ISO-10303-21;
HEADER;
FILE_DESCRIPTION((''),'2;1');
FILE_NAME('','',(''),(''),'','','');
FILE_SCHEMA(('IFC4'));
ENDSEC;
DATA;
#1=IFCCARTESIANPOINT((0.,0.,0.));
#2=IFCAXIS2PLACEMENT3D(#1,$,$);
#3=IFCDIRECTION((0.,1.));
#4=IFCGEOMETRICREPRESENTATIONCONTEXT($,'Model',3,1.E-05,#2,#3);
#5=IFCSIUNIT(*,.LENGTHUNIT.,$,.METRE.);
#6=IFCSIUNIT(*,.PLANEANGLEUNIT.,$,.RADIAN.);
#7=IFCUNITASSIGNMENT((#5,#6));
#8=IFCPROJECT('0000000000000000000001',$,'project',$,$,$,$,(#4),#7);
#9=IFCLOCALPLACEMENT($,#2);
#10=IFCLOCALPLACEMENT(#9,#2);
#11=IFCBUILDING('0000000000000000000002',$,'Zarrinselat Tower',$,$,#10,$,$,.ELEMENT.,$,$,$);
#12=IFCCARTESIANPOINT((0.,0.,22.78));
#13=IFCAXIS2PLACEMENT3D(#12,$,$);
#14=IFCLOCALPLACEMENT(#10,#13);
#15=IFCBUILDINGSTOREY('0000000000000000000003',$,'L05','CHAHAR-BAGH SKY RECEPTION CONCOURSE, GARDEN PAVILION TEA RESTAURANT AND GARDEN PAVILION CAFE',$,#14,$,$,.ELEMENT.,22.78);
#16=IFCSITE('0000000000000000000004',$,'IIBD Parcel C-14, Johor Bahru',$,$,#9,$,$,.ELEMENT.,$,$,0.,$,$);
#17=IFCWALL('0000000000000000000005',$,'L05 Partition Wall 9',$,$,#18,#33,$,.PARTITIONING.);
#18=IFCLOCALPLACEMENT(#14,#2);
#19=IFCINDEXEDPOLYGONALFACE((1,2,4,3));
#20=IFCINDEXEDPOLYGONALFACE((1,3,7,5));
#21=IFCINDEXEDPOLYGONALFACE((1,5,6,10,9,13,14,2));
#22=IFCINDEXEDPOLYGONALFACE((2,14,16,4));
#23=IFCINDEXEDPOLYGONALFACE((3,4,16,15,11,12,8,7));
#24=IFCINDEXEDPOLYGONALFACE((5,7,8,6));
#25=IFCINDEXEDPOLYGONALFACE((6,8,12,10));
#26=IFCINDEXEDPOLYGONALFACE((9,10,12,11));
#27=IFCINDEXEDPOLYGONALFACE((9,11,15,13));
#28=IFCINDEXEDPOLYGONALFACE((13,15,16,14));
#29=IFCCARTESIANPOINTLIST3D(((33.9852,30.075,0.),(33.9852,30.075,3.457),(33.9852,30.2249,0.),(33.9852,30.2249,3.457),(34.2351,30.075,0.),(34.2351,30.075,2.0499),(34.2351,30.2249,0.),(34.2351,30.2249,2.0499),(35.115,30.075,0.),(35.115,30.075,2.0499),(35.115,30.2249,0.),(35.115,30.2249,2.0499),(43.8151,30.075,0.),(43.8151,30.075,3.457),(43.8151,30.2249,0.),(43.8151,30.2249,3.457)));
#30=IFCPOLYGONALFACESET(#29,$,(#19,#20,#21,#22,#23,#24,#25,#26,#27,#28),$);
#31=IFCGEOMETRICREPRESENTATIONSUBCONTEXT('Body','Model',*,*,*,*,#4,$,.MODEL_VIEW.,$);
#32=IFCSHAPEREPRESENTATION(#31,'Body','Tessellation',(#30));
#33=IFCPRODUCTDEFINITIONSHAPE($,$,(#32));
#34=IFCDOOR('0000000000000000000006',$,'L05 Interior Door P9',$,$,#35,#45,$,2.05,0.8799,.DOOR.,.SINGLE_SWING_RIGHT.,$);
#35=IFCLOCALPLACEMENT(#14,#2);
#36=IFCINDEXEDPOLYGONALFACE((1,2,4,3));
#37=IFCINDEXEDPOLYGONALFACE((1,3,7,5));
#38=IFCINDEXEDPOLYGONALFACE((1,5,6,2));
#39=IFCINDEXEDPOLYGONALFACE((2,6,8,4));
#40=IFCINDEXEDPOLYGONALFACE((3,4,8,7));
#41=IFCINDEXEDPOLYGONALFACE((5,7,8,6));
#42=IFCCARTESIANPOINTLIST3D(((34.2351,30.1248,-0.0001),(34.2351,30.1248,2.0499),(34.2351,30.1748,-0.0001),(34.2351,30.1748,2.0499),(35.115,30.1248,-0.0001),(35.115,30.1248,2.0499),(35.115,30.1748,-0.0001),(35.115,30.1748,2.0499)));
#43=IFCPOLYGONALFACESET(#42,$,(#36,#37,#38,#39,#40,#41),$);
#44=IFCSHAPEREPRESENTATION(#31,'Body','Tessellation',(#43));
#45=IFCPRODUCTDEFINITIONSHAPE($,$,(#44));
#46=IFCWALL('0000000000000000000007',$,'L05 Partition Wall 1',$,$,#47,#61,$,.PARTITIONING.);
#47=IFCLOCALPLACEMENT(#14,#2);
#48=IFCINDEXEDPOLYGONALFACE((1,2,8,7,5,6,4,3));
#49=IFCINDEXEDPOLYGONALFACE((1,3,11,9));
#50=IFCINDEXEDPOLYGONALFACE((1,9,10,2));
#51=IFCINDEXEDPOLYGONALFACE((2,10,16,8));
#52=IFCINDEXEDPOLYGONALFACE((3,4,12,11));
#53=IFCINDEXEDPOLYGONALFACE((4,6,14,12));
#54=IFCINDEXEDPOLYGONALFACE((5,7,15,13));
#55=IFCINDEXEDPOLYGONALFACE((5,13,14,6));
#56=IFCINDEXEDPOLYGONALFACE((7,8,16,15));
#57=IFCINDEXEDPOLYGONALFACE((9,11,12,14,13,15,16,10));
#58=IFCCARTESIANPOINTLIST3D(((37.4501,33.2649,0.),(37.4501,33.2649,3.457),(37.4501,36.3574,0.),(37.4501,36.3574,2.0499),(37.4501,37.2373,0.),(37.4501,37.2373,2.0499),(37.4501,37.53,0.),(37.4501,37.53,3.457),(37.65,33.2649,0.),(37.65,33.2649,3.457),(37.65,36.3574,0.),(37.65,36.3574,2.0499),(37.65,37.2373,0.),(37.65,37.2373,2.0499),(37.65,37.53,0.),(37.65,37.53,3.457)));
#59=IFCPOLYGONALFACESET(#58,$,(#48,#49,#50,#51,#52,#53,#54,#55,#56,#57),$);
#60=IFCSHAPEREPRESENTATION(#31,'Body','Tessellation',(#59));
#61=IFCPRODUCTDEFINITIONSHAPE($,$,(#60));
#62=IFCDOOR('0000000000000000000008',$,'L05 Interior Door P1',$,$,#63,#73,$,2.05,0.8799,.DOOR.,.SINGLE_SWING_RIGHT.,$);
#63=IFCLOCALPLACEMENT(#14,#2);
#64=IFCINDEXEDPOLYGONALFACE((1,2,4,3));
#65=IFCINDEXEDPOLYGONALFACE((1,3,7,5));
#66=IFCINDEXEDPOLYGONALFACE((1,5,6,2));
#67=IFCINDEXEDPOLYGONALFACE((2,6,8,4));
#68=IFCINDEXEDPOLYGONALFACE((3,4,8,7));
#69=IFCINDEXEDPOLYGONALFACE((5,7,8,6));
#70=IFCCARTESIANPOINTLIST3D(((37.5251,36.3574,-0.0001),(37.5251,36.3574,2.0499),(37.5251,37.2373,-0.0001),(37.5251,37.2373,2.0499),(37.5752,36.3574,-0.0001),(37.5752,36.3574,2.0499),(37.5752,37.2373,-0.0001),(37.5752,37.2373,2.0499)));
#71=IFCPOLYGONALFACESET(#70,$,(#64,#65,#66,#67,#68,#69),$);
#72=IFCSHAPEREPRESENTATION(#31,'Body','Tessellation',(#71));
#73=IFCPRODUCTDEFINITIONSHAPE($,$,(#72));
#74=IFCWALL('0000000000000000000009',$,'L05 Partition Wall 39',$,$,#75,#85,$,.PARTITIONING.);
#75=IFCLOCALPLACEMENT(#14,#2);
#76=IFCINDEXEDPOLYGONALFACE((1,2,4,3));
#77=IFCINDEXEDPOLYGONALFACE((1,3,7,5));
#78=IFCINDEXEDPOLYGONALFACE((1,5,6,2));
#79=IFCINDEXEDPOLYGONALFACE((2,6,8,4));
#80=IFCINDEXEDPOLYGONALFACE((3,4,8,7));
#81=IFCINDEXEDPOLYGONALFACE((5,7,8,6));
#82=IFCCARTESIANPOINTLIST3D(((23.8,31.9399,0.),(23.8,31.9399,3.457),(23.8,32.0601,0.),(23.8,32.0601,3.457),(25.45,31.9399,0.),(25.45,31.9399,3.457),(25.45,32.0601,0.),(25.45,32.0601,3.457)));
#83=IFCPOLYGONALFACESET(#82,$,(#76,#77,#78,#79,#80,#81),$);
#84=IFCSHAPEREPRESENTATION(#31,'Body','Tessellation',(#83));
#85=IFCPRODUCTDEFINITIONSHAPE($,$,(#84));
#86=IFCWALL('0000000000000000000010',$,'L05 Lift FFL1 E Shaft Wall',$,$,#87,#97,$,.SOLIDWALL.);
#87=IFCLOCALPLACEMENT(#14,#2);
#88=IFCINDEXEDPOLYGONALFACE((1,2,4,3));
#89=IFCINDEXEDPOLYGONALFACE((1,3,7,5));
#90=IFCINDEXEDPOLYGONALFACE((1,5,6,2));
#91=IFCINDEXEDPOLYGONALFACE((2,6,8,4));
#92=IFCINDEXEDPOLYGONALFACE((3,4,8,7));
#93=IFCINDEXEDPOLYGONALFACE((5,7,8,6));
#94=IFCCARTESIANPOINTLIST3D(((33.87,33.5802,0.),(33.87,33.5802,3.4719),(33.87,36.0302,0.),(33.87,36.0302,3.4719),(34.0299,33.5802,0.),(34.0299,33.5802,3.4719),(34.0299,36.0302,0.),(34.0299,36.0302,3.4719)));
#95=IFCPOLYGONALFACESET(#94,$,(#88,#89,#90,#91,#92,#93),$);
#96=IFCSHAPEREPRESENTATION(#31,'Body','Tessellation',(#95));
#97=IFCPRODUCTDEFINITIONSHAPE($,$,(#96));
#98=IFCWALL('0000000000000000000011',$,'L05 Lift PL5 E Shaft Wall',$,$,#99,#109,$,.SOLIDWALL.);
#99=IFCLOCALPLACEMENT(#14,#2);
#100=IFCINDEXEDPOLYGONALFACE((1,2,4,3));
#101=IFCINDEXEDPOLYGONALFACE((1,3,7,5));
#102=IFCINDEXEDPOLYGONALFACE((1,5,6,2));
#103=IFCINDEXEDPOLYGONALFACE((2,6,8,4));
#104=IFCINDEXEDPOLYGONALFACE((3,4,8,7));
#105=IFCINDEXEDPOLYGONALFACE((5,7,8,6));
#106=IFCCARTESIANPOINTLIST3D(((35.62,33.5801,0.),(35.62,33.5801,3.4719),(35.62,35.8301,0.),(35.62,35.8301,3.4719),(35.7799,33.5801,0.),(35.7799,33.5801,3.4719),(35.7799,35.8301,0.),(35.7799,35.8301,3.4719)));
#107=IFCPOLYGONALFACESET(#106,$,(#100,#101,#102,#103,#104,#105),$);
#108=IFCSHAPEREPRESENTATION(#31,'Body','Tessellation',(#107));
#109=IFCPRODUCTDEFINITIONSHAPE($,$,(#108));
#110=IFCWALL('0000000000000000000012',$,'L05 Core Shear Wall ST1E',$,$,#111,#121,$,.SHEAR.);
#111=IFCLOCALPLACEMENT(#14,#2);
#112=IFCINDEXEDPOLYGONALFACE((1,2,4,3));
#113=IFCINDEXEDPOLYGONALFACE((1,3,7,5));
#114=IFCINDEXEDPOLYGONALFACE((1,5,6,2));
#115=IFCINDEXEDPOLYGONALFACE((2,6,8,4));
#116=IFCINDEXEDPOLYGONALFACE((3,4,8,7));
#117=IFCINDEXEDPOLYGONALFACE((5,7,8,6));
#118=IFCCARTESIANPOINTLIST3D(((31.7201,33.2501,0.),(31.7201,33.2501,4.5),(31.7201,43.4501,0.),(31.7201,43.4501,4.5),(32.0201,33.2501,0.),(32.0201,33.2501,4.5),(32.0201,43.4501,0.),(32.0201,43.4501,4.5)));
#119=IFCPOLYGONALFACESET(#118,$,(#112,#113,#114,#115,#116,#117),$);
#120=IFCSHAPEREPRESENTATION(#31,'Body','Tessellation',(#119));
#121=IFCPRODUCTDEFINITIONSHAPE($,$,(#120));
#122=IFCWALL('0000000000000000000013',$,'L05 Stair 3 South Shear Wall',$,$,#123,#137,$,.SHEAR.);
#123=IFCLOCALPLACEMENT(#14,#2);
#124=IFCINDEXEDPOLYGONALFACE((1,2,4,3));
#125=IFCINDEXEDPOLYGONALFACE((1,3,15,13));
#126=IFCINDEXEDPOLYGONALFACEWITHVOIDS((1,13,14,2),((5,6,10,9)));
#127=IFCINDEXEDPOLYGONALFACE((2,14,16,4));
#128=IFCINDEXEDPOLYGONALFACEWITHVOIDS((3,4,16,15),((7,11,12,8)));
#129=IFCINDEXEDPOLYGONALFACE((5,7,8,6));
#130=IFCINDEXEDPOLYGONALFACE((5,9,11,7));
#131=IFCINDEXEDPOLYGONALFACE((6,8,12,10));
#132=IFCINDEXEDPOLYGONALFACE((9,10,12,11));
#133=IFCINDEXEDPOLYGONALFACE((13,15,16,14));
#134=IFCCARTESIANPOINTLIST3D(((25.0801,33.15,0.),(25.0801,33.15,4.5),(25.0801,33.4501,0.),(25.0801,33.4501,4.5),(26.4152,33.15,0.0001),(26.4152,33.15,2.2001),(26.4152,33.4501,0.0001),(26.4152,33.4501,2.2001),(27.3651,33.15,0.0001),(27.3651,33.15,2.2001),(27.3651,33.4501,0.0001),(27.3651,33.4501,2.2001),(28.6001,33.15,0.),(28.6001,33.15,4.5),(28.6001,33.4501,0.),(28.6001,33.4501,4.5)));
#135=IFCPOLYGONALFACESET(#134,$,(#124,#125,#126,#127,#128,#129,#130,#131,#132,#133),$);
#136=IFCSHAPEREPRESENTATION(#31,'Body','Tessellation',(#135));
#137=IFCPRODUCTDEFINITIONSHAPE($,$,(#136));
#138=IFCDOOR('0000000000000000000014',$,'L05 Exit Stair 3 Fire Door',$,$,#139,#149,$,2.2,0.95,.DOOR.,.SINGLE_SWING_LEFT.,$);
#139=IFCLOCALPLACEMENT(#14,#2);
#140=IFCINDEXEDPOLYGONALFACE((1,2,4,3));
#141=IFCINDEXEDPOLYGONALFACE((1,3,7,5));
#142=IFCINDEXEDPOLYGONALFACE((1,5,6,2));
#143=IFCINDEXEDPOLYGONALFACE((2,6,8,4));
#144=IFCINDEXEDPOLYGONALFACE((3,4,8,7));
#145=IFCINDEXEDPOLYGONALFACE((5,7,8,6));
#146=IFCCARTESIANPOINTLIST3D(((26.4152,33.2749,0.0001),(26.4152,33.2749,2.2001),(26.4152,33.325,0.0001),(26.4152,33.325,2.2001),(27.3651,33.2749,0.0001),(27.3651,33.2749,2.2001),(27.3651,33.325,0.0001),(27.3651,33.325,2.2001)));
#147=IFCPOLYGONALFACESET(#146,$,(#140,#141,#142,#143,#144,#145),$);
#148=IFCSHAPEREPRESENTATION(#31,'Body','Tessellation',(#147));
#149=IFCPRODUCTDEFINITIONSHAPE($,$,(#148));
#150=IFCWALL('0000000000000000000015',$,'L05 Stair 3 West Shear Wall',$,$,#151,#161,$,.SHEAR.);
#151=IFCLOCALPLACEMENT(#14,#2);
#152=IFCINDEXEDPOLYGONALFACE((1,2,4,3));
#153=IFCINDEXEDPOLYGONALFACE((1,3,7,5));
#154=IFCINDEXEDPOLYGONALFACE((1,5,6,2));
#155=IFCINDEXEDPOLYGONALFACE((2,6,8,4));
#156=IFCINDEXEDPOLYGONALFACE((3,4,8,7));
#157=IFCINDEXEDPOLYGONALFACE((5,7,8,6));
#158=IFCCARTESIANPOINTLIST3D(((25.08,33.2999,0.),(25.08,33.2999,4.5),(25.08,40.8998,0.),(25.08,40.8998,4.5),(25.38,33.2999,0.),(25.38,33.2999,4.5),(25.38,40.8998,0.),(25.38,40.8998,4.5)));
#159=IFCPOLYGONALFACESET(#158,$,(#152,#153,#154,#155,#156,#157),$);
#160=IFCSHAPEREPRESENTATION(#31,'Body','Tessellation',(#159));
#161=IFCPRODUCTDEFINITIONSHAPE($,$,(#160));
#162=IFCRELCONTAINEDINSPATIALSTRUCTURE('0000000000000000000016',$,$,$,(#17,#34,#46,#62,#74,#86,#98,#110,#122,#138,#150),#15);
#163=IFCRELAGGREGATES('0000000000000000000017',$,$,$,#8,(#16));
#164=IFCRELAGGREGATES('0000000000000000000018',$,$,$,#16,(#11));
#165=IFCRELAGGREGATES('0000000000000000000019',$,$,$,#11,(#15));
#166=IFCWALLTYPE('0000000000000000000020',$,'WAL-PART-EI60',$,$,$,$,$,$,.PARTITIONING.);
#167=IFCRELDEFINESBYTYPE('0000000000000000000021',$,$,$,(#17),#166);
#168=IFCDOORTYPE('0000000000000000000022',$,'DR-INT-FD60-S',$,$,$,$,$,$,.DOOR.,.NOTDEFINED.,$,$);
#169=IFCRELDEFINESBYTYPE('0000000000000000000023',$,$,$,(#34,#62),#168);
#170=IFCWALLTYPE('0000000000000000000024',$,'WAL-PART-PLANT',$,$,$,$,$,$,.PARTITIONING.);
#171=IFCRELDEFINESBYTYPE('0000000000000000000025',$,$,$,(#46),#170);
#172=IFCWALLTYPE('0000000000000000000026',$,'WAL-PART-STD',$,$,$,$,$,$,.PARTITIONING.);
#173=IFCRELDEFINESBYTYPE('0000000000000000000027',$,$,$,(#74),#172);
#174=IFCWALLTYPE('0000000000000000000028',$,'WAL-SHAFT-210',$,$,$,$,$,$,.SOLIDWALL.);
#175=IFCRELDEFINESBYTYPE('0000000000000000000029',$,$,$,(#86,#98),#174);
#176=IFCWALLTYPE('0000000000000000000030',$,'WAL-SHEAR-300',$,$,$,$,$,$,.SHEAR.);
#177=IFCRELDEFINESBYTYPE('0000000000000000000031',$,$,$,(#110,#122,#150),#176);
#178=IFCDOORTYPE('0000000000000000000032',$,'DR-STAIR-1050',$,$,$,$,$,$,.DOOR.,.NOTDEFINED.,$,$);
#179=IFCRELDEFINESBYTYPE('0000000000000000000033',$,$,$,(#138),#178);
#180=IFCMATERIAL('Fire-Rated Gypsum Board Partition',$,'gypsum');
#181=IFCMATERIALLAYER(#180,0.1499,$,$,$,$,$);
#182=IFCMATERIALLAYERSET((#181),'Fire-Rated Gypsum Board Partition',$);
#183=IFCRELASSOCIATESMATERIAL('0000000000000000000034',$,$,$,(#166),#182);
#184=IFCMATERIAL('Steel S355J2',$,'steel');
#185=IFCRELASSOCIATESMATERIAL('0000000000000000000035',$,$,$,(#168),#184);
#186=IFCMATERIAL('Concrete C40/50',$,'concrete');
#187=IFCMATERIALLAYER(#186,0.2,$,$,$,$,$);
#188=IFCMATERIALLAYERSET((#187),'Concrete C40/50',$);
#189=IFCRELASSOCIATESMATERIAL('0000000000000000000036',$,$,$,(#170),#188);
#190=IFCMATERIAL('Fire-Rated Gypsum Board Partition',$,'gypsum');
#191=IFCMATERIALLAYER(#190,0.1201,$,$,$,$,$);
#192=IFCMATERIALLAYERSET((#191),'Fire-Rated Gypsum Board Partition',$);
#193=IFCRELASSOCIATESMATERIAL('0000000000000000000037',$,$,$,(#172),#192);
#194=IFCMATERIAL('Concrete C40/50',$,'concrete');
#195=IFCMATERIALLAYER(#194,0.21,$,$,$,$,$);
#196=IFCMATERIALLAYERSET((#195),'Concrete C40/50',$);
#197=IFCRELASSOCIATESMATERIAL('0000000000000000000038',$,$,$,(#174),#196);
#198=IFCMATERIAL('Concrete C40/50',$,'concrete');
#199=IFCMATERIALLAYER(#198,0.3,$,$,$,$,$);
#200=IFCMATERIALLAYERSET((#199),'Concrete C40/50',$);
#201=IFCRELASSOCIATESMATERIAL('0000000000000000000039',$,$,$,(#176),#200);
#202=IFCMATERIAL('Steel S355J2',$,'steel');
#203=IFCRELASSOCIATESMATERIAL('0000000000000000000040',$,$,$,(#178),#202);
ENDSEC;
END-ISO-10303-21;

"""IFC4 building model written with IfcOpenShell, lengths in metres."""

from ifc_helpers import new_model, si_unit, direction, frame, frame_2d, origin, place, context, subcontext, project, spatial, rectangle, extrude, material, layer, layer_set, type_object, element, fill, save


model = new_model("IFC4")

# Units and contexts
model_context = context("Model", 3, precision=1e-05, world=origin(), true_north=direction((0.0, 1.0)))
body_context = subcontext(model_context, "Body", "Model", "MODEL_VIEW")
ifc_project = project(units=[si_unit("LENGTHUNIT", "METRE"), si_unit("PLANEANGLEUNIT", "RADIAN")], contexts=[model_context])

# Site, building, storey
site_placement = place(None, origin())
site = spatial("IfcSite", under=ifc_project, at=site_placement, Name="IIBD Parcel C-14, Johor Bahru", CompositionType="ELEMENT", RefElevation=0.0)
building_placement = place(site_placement, origin())
building = spatial("IfcBuilding", under=site, at=building_placement, Name="Zarrinselat Tower", CompositionType="ELEMENT")
storey_placement = place(building_placement, frame((0.0, 0.0, 22.78)))
storey = spatial("IfcBuildingStorey", under=building, at=storey_placement, Name="L05", Description="CHAHAR-BAGH SKY RECEPTION CONCOURSE, GARDEN PAVILION TEA RESTAURANT AND GARDEN PAVILION CAFE", CompositionType="ELEMENT", Elevation=22.78)

# Walls, openings, doors
ifc_material_1 = material(Name="Fire-Rated Gypsum Board Partition", Category="gypsum")
ifc_layer_1 = layer(ifc_material_1, 0.1499)
ifc_layer_set_1 = layer_set([ifc_layer_1], Name="Fire-Rated Gypsum Board Partition")
wall_type_1 = type_object("IfcWallType", Name="WAL-PART-EI60", PredefinedType="PARTITIONING", material=ifc_layer_set_1)
wall_1_placement = place(storey_placement, frame((33.9851, 30.1499, 0.0), z_axis=(0.0, 0.0, 1.0), x_axis=(1.0, 0.0, 0.0)))
wall_1 = element("IfcWall", 1, at=wall_1_placement, inside=storey, type_object=wall_type_1, Name="L05 Partition Wall 9", PredefinedType="PARTITIONING", context=body_context, shape_type="SweptSolid", body=[
    extrude(rectangle(XDim=9.8298, YDim=0.1499, at=frame_2d((4.915, 0.0))), origin(), (0.0, 0.0, 1.0), 3.457),
])
opening_1_placement = place(wall_1_placement, frame((0.25, 0.0, 0.0)))
opening_1 = element("IfcOpeningElement", 2, at=opening_1_placement, cuts=wall_1, PredefinedType="OPENING", context=body_context, shape_type="SweptSolid", body=[
    extrude(rectangle(XDim=0.8799, YDim=2.05, at=frame_2d((0.4399, 1.0249))), frame((0.0, 0.085, 0.0), z_axis=(0.0, -1.0, 0.0), x_axis=(1.0, 0.0, 0.0)), (0.0, 0.0, 1.0), 0.1699),
])
ifc_material_2 = material(Name="Steel S355J2", Category="steel")
door_type_1 = type_object("IfcDoorType", Name="DR-INT-FD60-S", OperationType="NOTDEFINED", PredefinedType="DOOR", material=ifc_material_2)
door_1_placement = place(opening_1_placement, origin())
door_1 = element("IfcDoor", 3, at=door_1_placement, inside=storey, type_object=door_type_1, Name="L05 Interior Door P9", OperationType="SINGLE_SWING_RIGHT", OverallHeight=2.05, OverallWidth=0.8799, PredefinedType="DOOR", context=body_context, shape_type="SweptSolid", body=[
    extrude(rectangle(XDim=0.8799, YDim=2.05, at=frame_2d((0.4399, 1.0249))), frame((0.0, 0.0249, 0.0), z_axis=(0.0, -1.0, 0.0), x_axis=(1.0, 0.0, 0.0)), (0.0, 0.0, 1.0), 0.05),
])
fill(opening_1, door_1)
ifc_material_3 = material(Name="Concrete C40/50", Category="concrete")
ifc_layer_2 = layer(ifc_material_3, 0.2)
ifc_layer_set_2 = layer_set([ifc_layer_2], Name="Concrete C40/50")
wall_type_2 = type_object("IfcWallType", Name="WAL-PART-PLANT", PredefinedType="PARTITIONING", material=ifc_layer_set_2)
wall_2_placement = place(storey_placement, frame((37.55, 33.2649, 0.0), z_axis=(0.0, 0.0, 1.0), x_axis=(0.0, 1.0, 0.0)))
wall_2 = element("IfcWall", 4, at=wall_2_placement, inside=storey, type_object=wall_type_2, Name="L05 Partition Wall 1", PredefinedType="PARTITIONING", context=body_context, shape_type="SweptSolid", body=[
    extrude(rectangle(XDim=4.2651, YDim=0.2, at=frame_2d((2.1326, 0.0))), origin(), (0.0, 0.0, 1.0), 3.457),
])
opening_2_placement = place(wall_2_placement, frame((3.0925, 0.0, 0.0)))
opening_2 = element("IfcOpeningElement", 5, at=opening_2_placement, cuts=wall_2, PredefinedType="OPENING", context=body_context, shape_type="SweptSolid", body=[
    extrude(rectangle(XDim=0.8799, YDim=2.05, at=frame_2d((0.4399, 1.0249))), frame((0.0, 0.1099, 0.0), z_axis=(0.0, -1.0, 0.0), x_axis=(1.0, 0.0, 0.0)), (0.0, 0.0, 1.0), 0.22),
])
door_2_placement = place(opening_2_placement, origin())
door_2 = element("IfcDoor", 6, at=door_2_placement, inside=storey, type_object=door_type_1, Name="L05 Interior Door P1", OperationType="SINGLE_SWING_RIGHT", OverallHeight=2.05, OverallWidth=0.8799, PredefinedType="DOOR", context=body_context, shape_type="SweptSolid", body=[
    extrude(rectangle(XDim=0.8799, YDim=2.05, at=frame_2d((0.4399, 1.0249))), frame((0.0, 0.0249, 0.0), z_axis=(0.0, -1.0, 0.0), x_axis=(1.0, 0.0, 0.0)), (0.0, 0.0, 1.0), 0.05),
])
fill(opening_2, door_2)

# Walls
ifc_material_4 = material(Name="Fire-Rated Gypsum Board Partition", Category="gypsum")
ifc_layer_3 = layer(ifc_material_4, 0.1201)
ifc_layer_set_3 = layer_set([ifc_layer_3], Name="Fire-Rated Gypsum Board Partition")
wall_type_3 = type_object("IfcWallType", Name="WAL-PART-STD", PredefinedType="PARTITIONING", material=ifc_layer_set_3)
wall_3_placement = place(storey_placement, frame((23.8, 32.0, 0.0), z_axis=(0.0, 0.0, 1.0), x_axis=(1.0, 0.0, 0.0)))
element("IfcWall", 7, at=wall_3_placement, inside=storey, type_object=wall_type_3, Name="L05 Partition Wall 39", PredefinedType="PARTITIONING", context=body_context, shape_type="SweptSolid", body=[
    extrude(rectangle(XDim=1.6499, YDim=0.1201, at=frame_2d((0.825, 0.0))), origin(), (0.0, 0.0, 1.0), 3.457),
])
ifc_material_5 = material(Name="Concrete C40/50", Category="concrete")
ifc_layer_4 = layer(ifc_material_5, 0.21)
ifc_layer_set_4 = layer_set([ifc_layer_4], Name="Concrete C40/50")
wall_type_4 = type_object("IfcWallType", Name="WAL-SHAFT-210", PredefinedType="SOLIDWALL", material=ifc_layer_set_4)
wall_4_placement = place(storey_placement, frame((33.95, 33.5801, 0.0), z_axis=(0.0, 0.0, 1.0), x_axis=(0.0, 1.0, 0.0)))
element("IfcWall", 8, at=wall_4_placement, inside=storey, type_object=wall_type_4, Name="L05 Lift FFL1 E Shaft Wall", PredefinedType="SOLIDWALL", context=body_context, shape_type="SweptSolid", body=[
    extrude(rectangle(XDim=2.45, YDim=0.1599, at=frame_2d((1.2251, 0.0))), origin(), (0.0, 0.0, 1.0), 3.4719),
])
wall_5_placement = place(storey_placement, frame((35.7, 33.5801, 0.0), z_axis=(0.0, 0.0, 1.0), x_axis=(0.0, 1.0, 0.0)))
element("IfcWall", 9, at=wall_5_placement, inside=storey, type_object=wall_type_4, Name="L05 Lift PL5 E Shaft Wall", PredefinedType="SOLIDWALL", context=body_context, shape_type="SweptSolid", body=[
    extrude(rectangle(XDim=2.25, YDim=0.1599, at=frame_2d((1.125, 0.0))), origin(), (0.0, 0.0, 1.0), 3.4719),
])
ifc_material_6 = material(Name="Concrete C40/50", Category="concrete")
ifc_layer_5 = layer(ifc_material_6, 0.3)
ifc_layer_set_5 = layer_set([ifc_layer_5], Name="Concrete C40/50")
wall_type_5 = type_object("IfcWallType", Name="WAL-SHEAR-300", PredefinedType="SHEAR", material=ifc_layer_set_5)
wall_6_placement = place(storey_placement, frame((31.8701, 33.25, 0.0), z_axis=(0.0, 0.0, 1.0), x_axis=(0.0, 1.0, 0.0)))
element("IfcWall", 10, at=wall_6_placement, inside=storey, type_object=wall_type_5, Name="L05 Core Shear Wall ST1E", PredefinedType="SHEAR", context=body_context, shape_type="SweptSolid", body=[
    extrude(rectangle(XDim=10.2, YDim=0.3, at=frame_2d((5.1001, 0.0))), origin(), (0.0, 0.0, 1.0), 4.5),
])

# Wall, opening, door
wall_7_placement = place(storey_placement, frame((25.0801, 33.3, 0.0), z_axis=(0.0, 0.0, 1.0), x_axis=(1.0, 0.0, 0.0)))
wall_7 = element("IfcWall", 11, at=wall_7_placement, inside=storey, type_object=wall_type_5, Name="L05 Stair 3 South Shear Wall", PredefinedType="SHEAR", context=body_context, shape_type="SweptSolid", body=[
    extrude(rectangle(XDim=3.52, YDim=0.3, at=frame_2d((1.76, 0.0))), origin(), (0.0, 0.0, 1.0), 4.5),
])
opening_3_placement = place(wall_7_placement, frame((1.335, 0.0, 0.0)))
opening_3 = element("IfcOpeningElement", 12, at=opening_3_placement, cuts=wall_7, PredefinedType="OPENING", context=body_context, shape_type="SweptSolid", body=[
    extrude(rectangle(XDim=0.95, YDim=2.2, at=frame_2d((0.4751, 1.1001))), frame((0.0, 0.1599, 0.0), z_axis=(0.0, -1.0, 0.0), x_axis=(1.0, 0.0, 0.0)), (0.0, 0.0, 1.0), 0.3201),
])
ifc_material_7 = material(Name="Steel S355J2", Category="steel")
door_type_2 = type_object("IfcDoorType", Name="DR-STAIR-1050", OperationType="NOTDEFINED", PredefinedType="DOOR", material=ifc_material_7)
door_3_placement = place(opening_3_placement, origin())
door_3 = element("IfcDoor", 13, at=door_3_placement, inside=storey, type_object=door_type_2, Name="L05 Exit Stair 3 Fire Door", OperationType="SINGLE_SWING_LEFT", OverallHeight=2.2, OverallWidth=0.95, PredefinedType="DOOR", context=body_context, shape_type="SweptSolid", body=[
    extrude(rectangle(XDim=0.95, YDim=2.2, at=frame_2d((0.4751, 1.1001))), frame((0.0, 0.0249, 0.0), z_axis=(0.0, -1.0, 0.0), x_axis=(1.0, 0.0, 0.0)), (0.0, 0.0, 1.0), 0.05),
])
fill(opening_3, door_3)

# Wall
wall_8_placement = place(storey_placement, frame((25.23, 33.3, 0.0), z_axis=(0.0, 0.0, 1.0), x_axis=(0.0, 1.0, 0.0)))
element("IfcWall", 14, at=wall_8_placement, inside=storey, type_object=wall_type_5, Name="L05 Stair 3 West Shear Wall", PredefinedType="SHEAR", context=body_context, shape_type="SweptSolid", body=[
    extrude(rectangle(XDim=7.5999, YDim=0.3, at=frame_2d((3.7998, 0.0))), origin(), (0.0, 0.0, 1.0), 4.5),
])

save(model, "model.ifc")
